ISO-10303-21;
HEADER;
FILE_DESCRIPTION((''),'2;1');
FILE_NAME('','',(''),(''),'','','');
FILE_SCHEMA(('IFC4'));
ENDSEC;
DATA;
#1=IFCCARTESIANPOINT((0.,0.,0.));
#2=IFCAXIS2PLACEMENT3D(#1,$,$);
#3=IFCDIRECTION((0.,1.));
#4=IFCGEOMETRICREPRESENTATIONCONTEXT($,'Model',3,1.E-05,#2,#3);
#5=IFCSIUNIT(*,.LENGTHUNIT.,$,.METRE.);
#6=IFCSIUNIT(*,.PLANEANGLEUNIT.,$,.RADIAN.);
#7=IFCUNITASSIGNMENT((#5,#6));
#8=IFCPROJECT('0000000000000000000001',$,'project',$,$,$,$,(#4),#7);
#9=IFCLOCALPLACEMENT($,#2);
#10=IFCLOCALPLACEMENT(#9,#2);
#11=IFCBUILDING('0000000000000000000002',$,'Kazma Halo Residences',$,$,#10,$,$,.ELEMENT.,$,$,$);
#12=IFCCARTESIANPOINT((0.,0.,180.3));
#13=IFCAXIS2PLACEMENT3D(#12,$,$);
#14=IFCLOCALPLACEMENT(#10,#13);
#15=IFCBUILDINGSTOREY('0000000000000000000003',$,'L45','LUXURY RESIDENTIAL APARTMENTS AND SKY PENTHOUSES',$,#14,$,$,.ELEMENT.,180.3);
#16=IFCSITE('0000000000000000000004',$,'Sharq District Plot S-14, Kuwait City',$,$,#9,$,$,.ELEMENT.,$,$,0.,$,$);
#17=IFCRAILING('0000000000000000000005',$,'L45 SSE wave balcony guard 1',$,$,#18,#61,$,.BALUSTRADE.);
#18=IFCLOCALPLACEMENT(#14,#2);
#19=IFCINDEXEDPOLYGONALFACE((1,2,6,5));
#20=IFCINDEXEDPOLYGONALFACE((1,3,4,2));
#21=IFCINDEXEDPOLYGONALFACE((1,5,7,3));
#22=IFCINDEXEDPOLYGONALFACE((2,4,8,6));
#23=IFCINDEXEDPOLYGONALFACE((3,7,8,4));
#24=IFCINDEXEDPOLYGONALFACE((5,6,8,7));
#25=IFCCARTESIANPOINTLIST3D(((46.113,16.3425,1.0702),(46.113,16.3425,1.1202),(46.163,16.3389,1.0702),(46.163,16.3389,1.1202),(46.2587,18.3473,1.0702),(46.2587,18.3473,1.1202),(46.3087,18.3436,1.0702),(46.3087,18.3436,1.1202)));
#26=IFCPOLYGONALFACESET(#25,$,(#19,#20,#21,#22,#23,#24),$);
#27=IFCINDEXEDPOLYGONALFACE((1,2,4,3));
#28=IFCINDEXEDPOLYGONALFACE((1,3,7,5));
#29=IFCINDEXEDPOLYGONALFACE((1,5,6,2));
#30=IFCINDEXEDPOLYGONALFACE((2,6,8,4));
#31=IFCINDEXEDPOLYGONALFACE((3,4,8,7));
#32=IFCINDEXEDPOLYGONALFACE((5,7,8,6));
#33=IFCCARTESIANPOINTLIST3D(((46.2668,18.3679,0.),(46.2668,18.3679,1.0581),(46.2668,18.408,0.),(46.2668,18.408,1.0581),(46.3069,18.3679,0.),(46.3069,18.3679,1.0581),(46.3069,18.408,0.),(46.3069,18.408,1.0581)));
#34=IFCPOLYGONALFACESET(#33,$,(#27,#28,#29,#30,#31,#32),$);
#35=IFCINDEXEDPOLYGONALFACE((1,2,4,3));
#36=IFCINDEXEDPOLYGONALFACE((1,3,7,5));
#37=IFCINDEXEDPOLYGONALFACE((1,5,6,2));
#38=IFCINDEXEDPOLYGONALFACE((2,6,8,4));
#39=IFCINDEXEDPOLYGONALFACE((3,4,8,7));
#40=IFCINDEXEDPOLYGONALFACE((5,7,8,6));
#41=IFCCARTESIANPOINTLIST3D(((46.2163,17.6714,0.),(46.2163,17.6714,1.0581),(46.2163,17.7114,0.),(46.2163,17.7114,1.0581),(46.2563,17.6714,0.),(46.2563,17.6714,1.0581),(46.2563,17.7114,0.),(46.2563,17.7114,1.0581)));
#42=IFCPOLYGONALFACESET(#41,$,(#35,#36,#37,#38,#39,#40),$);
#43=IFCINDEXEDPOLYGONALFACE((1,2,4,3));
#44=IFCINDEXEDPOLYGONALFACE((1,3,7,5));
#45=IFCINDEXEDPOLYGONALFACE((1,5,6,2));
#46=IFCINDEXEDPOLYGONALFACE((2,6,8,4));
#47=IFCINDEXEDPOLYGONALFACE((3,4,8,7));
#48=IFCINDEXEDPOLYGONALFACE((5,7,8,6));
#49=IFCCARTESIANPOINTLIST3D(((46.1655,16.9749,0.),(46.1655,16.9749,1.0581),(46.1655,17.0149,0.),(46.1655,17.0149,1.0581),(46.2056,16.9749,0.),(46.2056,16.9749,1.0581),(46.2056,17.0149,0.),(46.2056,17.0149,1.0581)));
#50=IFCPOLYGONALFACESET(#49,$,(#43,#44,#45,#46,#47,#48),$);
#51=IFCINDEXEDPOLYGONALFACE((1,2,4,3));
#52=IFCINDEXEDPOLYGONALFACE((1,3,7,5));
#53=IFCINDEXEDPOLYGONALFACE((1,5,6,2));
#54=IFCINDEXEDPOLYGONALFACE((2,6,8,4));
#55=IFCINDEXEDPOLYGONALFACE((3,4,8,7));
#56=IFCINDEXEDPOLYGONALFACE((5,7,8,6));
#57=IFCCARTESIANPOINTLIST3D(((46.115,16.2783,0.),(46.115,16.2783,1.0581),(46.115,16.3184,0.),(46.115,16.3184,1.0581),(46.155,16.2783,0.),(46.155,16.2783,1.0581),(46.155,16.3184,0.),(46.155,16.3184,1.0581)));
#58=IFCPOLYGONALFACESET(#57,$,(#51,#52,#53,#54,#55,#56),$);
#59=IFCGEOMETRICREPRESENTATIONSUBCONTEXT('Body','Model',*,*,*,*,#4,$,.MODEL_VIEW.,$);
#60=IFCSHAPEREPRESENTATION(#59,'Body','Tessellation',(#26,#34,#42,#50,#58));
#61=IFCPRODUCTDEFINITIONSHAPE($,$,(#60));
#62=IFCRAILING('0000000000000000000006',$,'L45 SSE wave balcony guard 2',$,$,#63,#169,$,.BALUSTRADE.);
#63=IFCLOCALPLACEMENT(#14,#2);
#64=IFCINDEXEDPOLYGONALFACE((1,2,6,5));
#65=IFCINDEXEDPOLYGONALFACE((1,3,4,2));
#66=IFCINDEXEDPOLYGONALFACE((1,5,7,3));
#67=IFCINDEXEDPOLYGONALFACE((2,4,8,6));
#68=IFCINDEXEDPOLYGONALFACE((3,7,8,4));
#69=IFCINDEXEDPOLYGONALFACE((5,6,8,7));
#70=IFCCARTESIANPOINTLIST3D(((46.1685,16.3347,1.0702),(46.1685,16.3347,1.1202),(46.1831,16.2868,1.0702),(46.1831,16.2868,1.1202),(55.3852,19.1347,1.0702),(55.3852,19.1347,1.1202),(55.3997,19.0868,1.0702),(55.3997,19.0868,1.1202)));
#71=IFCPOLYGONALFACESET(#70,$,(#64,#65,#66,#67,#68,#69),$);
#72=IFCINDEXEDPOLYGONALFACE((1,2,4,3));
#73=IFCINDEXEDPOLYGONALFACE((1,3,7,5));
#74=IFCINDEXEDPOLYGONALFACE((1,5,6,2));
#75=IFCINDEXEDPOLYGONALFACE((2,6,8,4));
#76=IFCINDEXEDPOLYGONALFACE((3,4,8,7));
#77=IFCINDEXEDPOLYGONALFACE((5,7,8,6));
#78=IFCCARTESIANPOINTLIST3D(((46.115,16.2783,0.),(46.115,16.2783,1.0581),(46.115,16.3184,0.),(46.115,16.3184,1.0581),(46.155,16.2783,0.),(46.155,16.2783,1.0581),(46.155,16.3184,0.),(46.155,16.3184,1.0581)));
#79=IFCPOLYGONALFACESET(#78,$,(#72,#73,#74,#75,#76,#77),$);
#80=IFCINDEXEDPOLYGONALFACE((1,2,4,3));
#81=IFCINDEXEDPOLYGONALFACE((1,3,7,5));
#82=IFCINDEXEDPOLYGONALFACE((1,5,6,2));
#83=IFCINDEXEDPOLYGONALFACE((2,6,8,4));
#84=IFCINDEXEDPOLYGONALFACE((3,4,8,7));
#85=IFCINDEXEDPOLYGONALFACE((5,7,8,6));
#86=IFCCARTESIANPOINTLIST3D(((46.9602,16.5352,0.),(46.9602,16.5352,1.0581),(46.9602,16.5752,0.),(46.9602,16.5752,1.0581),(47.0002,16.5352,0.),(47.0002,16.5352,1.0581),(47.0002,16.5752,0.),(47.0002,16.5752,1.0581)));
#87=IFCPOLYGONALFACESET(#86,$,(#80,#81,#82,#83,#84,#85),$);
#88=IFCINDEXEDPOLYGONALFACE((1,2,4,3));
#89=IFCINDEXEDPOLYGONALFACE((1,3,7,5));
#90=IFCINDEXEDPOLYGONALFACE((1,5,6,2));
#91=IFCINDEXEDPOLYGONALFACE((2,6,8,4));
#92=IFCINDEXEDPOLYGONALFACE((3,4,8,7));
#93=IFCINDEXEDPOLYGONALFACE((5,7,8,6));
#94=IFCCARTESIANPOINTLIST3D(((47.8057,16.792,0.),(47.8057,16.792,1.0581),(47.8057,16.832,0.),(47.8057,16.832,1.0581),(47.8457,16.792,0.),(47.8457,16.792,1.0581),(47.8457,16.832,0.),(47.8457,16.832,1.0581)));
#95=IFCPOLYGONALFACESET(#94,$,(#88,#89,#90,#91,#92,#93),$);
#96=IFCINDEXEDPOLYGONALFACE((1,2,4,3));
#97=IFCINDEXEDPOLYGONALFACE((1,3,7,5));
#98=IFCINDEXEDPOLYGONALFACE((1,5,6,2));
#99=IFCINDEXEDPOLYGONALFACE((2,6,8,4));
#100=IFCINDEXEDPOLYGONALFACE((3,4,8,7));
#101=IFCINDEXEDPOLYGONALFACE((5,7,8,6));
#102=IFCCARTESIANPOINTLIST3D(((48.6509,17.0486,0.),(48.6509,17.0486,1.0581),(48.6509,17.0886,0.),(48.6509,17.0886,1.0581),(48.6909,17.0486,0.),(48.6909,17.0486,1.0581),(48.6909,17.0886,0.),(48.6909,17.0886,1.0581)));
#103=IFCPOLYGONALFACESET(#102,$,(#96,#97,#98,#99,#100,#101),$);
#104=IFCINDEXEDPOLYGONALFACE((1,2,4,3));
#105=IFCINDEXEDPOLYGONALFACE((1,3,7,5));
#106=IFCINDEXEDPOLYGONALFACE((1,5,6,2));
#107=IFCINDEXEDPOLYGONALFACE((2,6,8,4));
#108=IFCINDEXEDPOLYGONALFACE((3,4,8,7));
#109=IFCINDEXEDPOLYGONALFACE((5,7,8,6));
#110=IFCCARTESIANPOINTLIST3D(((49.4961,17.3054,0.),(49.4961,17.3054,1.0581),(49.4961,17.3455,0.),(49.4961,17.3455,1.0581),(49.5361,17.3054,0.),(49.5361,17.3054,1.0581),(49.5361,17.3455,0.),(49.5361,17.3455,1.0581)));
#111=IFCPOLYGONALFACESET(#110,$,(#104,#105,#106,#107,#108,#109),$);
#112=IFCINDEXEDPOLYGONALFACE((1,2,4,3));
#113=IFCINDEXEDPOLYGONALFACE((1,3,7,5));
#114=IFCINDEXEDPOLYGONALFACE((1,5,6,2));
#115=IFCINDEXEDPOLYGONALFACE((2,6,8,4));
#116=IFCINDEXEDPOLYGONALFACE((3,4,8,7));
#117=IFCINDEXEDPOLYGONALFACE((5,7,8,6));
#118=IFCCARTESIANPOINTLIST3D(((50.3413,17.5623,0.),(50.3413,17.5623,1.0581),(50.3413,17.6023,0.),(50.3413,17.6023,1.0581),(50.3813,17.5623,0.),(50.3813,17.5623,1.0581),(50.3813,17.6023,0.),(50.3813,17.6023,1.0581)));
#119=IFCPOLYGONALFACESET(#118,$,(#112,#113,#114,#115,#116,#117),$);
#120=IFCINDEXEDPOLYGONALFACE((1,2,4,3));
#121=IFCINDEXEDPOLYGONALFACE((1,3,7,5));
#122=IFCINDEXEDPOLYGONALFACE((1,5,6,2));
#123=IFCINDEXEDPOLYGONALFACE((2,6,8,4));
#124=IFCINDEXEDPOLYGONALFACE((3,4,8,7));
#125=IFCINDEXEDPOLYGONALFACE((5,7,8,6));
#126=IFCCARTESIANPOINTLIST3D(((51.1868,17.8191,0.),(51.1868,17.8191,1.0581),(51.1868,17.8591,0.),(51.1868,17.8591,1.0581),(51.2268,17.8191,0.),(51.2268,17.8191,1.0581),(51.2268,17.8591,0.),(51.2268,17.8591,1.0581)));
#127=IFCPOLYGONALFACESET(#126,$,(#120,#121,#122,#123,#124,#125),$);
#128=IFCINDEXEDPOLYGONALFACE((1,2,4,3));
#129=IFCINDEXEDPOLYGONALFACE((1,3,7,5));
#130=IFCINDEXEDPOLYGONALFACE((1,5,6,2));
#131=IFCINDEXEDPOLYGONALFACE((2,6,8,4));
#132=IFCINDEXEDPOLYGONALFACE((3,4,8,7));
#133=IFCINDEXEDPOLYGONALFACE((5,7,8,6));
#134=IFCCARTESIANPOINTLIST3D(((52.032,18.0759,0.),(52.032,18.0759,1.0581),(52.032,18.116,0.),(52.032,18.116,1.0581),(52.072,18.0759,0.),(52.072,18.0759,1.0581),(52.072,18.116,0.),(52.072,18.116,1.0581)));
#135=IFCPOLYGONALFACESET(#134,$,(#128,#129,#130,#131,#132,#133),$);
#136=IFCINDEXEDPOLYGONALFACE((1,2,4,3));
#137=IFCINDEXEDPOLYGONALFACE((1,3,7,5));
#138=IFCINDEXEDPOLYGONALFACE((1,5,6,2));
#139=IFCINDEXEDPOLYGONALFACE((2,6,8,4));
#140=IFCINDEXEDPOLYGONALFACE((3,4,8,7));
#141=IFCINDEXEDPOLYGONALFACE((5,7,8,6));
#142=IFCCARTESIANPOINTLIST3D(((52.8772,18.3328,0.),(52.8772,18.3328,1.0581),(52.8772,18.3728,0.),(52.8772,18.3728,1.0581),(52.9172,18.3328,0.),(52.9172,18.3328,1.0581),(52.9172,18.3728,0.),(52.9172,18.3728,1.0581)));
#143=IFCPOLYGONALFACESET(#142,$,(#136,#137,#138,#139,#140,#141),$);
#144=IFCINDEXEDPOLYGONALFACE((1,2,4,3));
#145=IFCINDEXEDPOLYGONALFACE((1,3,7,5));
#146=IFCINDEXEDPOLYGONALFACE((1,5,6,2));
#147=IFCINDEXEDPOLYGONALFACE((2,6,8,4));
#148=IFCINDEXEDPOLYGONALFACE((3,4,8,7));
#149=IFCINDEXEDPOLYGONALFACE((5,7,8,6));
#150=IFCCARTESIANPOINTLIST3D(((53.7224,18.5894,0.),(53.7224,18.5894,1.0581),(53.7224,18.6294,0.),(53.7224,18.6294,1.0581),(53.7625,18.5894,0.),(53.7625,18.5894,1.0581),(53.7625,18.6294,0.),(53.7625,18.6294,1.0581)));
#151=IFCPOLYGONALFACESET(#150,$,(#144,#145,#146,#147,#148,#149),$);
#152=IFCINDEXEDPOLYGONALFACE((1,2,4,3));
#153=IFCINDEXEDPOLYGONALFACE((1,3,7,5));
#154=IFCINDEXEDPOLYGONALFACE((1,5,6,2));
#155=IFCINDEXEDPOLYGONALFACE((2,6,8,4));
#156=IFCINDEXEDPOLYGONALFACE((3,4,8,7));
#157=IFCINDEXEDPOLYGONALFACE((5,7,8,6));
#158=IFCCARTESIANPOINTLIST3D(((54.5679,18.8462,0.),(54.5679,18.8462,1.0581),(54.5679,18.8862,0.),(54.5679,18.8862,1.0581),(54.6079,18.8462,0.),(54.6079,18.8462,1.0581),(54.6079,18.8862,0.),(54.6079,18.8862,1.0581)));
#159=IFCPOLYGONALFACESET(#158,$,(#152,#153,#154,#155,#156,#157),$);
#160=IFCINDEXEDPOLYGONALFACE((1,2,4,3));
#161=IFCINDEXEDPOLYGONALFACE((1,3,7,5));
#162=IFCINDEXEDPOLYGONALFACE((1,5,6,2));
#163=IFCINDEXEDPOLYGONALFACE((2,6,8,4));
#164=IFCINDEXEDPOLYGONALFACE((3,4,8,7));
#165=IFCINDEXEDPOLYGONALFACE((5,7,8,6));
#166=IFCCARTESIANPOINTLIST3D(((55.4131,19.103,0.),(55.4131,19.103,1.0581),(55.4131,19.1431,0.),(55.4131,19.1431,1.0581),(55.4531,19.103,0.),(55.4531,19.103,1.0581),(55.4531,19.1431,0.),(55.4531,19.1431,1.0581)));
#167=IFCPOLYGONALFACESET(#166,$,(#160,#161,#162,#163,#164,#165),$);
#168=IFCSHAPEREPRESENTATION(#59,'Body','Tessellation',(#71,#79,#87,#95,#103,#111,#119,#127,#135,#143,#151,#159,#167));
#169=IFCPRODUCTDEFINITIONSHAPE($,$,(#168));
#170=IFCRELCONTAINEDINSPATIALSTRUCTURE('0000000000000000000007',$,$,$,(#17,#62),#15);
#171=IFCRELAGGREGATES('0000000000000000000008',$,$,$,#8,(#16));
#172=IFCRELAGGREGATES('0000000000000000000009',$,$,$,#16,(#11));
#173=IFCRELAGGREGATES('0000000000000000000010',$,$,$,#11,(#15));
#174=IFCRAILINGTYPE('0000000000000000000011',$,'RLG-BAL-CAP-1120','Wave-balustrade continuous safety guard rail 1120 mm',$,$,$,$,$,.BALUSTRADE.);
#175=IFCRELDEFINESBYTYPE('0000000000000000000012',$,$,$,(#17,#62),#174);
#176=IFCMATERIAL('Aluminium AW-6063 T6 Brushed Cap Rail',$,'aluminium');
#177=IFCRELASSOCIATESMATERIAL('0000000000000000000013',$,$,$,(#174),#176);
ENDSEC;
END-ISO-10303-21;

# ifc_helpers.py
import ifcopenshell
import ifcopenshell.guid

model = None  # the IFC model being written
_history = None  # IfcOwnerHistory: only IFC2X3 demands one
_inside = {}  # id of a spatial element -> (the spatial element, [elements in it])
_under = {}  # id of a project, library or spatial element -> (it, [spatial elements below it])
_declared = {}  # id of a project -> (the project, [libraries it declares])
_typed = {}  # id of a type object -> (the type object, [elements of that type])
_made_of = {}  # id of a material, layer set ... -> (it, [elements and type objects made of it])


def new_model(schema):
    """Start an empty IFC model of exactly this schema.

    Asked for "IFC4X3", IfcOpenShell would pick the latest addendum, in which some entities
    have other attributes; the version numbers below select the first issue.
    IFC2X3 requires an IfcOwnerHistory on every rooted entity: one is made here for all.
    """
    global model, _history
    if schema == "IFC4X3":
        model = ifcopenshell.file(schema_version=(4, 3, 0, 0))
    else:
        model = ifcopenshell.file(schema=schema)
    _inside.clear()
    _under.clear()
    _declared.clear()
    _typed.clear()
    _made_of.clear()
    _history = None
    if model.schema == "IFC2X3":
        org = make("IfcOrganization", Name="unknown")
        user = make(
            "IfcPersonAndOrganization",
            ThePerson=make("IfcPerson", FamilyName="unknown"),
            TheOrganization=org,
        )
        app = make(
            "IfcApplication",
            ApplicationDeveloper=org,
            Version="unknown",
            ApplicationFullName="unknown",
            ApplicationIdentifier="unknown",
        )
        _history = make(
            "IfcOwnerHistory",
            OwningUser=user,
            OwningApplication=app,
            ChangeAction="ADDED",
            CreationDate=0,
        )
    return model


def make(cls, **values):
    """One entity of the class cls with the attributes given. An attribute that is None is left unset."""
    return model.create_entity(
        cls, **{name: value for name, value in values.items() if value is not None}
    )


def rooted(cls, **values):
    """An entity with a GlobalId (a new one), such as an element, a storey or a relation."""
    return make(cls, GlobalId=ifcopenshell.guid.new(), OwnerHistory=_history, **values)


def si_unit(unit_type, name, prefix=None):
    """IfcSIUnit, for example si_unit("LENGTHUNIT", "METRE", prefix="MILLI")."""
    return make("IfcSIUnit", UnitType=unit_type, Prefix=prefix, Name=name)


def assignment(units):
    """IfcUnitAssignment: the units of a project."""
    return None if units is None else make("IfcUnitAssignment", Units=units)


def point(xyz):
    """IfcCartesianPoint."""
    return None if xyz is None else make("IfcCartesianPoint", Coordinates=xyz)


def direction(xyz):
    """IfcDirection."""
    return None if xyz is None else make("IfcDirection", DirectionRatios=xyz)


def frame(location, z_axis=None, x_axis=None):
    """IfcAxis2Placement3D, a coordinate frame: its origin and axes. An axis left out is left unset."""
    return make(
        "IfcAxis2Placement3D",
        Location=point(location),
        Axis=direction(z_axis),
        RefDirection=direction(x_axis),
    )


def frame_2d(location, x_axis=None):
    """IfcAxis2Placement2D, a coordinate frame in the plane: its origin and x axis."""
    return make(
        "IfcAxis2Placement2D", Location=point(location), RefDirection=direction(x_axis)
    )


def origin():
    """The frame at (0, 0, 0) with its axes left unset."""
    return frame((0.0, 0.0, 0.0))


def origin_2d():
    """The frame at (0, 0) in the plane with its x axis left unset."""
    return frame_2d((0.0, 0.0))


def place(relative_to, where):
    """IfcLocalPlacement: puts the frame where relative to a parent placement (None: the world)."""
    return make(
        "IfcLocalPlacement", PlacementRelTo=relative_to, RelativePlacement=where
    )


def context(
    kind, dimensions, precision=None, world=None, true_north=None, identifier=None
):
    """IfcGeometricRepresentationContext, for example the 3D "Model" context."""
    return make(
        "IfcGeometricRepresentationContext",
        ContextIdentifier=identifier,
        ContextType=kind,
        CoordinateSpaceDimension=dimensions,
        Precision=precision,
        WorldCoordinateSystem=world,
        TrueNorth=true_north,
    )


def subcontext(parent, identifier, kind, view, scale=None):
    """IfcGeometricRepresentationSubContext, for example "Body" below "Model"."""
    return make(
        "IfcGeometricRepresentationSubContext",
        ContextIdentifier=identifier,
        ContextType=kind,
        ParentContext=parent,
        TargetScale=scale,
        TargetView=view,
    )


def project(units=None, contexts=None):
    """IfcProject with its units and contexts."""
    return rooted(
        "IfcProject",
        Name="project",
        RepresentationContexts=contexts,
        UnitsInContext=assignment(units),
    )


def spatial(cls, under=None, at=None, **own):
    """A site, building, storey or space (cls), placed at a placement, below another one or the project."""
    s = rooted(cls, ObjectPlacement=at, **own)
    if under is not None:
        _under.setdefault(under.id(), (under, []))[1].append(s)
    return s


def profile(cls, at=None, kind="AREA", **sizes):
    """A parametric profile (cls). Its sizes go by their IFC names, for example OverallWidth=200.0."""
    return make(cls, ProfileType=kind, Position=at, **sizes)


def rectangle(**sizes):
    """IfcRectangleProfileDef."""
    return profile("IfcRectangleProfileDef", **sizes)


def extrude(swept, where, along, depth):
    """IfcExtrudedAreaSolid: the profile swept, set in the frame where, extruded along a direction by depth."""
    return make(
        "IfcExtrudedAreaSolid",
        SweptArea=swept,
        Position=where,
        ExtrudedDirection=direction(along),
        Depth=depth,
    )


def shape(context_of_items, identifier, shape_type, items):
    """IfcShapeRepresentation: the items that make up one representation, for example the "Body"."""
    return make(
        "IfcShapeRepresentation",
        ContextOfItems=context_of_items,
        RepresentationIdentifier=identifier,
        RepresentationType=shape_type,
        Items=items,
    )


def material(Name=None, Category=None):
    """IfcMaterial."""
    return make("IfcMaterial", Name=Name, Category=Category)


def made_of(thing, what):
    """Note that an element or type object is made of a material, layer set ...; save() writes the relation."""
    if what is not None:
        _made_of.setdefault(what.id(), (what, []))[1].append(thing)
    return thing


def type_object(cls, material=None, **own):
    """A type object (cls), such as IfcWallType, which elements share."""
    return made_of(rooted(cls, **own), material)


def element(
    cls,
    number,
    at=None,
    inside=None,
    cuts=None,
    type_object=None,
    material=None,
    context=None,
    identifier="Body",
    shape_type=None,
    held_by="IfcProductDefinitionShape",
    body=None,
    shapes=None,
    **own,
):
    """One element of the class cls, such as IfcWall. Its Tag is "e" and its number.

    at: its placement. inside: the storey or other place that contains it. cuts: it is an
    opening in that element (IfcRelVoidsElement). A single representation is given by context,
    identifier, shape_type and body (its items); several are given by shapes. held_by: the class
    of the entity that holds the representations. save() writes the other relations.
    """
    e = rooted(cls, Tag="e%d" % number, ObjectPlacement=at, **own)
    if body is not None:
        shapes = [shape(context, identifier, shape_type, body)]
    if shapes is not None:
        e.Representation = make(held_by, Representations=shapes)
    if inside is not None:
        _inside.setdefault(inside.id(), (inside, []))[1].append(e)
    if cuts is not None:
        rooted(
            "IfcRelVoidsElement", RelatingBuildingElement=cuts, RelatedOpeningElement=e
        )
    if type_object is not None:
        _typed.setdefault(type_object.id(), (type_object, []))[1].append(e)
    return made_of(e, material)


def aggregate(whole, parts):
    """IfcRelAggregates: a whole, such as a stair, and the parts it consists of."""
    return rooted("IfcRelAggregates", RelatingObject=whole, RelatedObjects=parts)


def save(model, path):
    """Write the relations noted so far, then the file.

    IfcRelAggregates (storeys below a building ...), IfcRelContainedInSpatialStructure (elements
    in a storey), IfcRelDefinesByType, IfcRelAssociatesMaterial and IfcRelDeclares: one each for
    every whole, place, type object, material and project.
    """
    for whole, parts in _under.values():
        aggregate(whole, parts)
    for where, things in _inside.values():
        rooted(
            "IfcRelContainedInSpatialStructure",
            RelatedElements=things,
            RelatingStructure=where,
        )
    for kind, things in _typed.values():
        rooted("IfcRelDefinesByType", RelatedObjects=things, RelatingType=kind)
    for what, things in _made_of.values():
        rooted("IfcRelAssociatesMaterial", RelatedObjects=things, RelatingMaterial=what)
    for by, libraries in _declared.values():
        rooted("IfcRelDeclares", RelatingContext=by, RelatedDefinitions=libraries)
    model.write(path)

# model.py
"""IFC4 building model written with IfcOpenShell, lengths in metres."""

from ifc_helpers import new_model, si_unit, direction, frame, origin, origin_2d, place, context, subcontext, project, spatial, rectangle, extrude, material, type_object, element, save


model = new_model("IFC4")

# Units and contexts
model_context = context("Model", 3, precision=1e-05, world=origin(), true_north=direction((0.0, 1.0)))
body_context = subcontext(model_context, "Body", "Model", "MODEL_VIEW")
ifc_project = project(units=[si_unit("LENGTHUNIT", "METRE"), si_unit("PLANEANGLEUNIT", "RADIAN")], contexts=[model_context])

# Site, building, storey
site_placement = place(None, origin())
site = spatial("IfcSite", under=ifc_project, at=site_placement, Name="Sharq District Plot S-14, Kuwait City", CompositionType="ELEMENT", RefElevation=0.0)
building_placement = place(site_placement, origin())
building = spatial("IfcBuilding", under=site, at=building_placement, Name="Kazma Halo Residences", CompositionType="ELEMENT")
storey_placement = place(building_placement, frame((0.0, 0.0, 180.3)))
storey = spatial("IfcBuildingStorey", under=building, at=storey_placement, Name="L45", Description="LUXURY RESIDENTIAL APARTMENTS AND SKY PENTHOUSES", CompositionType="ELEMENT", Elevation=180.3)

# Railings
ifc_material_1 = material(Name="Aluminium AW-6063 T6 Brushed Cap Rail", Category="aluminium")
railing_type = type_object("IfcRailingType", Name="RLG-BAL-CAP-1120", Description="Wave-balustrade continuous safety guard rail 1120 mm", PredefinedType="BALUSTRADE", material=ifc_material_1)
railing_1_placement = place(storey_placement, frame((46.2869, 18.3879, 0.0)))
element("IfcRailing", 1, at=railing_1_placement, inside=storey, type_object=railing_type, Name="L45 SSE wave balcony guard 1", PredefinedType="BALUSTRADE", context=body_context, shape_type="SweptSolid", body=[
    extrude(rectangle(XDim=0.05, YDim=0.05, at=origin_2d()), frame((-0.0032, -0.0425, 1.0952), z_axis=(-0.072481, -0.99737, 0.0), x_axis=(0.99737, -0.072481, 0.0)), (0.0, 0.0, 1.0), 2.01),
    extrude(rectangle(XDim=0.04, YDim=0.04, at=origin_2d()), origin(), (0.0, 0.0, 1.0), 1.0581),
    extrude(rectangle(XDim=0.04, YDim=0.04, at=origin_2d()), frame((-0.0505, -0.6965, 0.0)), (0.0, 0.0, 1.0), 1.0581),
    extrude(rectangle(XDim=0.04, YDim=0.04, at=origin_2d()), frame((-0.1013, -1.3931, 0.0)), (0.0, 0.0, 1.0), 1.0581),
    extrude(rectangle(XDim=0.04, YDim=0.04, at=origin_2d()), frame((-0.1519, -2.0896, 0.0)), (0.0, 0.0, 1.0), 1.0581),
])
railing_2_placement = place(storey_placement, frame((46.135, 16.2983, 0.0)))
element("IfcRailing", 2, at=railing_2_placement, inside=storey, type_object=railing_type, Name="L45 SSE wave balcony guard 2", PredefinedType="BALUSTRADE", context=body_context, shape_type="SweptSolid", body=[
    extrude(rectangle(XDim=0.05, YDim=0.05, at=origin_2d()), frame((0.0408, 0.0125, 1.0952), z_axis=(0.956821, 0.290677, 0.0), x_axis=(-0.290677, 0.956821, 0.0)), (0.0, 0.0, 1.0), 9.6326),
    extrude(rectangle(XDim=0.04, YDim=0.04, at=origin_2d()), origin(), (0.0, 0.0, 1.0), 1.0581),
    extrude(rectangle(XDim=0.04, YDim=0.04, at=origin_2d()), frame((0.8452, 0.2568, 0.0)), (0.0, 0.0, 1.0), 1.0581),
    extrude(rectangle(XDim=0.04, YDim=0.04, at=origin_2d()), frame((1.6907, 0.5137, 0.0)), (0.0, 0.0, 1.0), 1.0581),
    extrude(rectangle(XDim=0.04, YDim=0.04, at=origin_2d()), frame((2.5359, 0.7703, 0.0)), (0.0, 0.0, 1.0), 1.0581),
    extrude(rectangle(XDim=0.04, YDim=0.04, at=origin_2d()), frame((3.3811, 1.0271, 0.0)), (0.0, 0.0, 1.0), 1.0581),
    extrude(rectangle(XDim=0.04, YDim=0.04, at=origin_2d()), frame((4.2263, 1.2839, 0.0)), (0.0, 0.0, 1.0), 1.0581),
    extrude(rectangle(XDim=0.04, YDim=0.04, at=origin_2d()), frame((5.0718, 1.5408, 0.0)), (0.0, 0.0, 1.0), 1.0581),
    extrude(rectangle(XDim=0.04, YDim=0.04, at=origin_2d()), frame((5.917, 1.7976, 0.0)), (0.0, 0.0, 1.0), 1.0581),
    extrude(rectangle(XDim=0.04, YDim=0.04, at=origin_2d()), frame((6.7622, 2.0544, 0.0)), (0.0, 0.0, 1.0), 1.0581),
    extrude(rectangle(XDim=0.04, YDim=0.04, at=origin_2d()), frame((7.6074, 2.311, 0.0)), (0.0, 0.0, 1.0), 1.0581),
    extrude(rectangle(XDim=0.04, YDim=0.04, at=origin_2d()), frame((8.4529, 2.5679, 0.0)), (0.0, 0.0, 1.0), 1.0581),
    extrude(rectangle(XDim=0.04, YDim=0.04, at=origin_2d()), frame((9.2981, 2.8247, 0.0)), (0.0, 0.0, 1.0), 1.0581),
])

save(model, "model.ifc")
